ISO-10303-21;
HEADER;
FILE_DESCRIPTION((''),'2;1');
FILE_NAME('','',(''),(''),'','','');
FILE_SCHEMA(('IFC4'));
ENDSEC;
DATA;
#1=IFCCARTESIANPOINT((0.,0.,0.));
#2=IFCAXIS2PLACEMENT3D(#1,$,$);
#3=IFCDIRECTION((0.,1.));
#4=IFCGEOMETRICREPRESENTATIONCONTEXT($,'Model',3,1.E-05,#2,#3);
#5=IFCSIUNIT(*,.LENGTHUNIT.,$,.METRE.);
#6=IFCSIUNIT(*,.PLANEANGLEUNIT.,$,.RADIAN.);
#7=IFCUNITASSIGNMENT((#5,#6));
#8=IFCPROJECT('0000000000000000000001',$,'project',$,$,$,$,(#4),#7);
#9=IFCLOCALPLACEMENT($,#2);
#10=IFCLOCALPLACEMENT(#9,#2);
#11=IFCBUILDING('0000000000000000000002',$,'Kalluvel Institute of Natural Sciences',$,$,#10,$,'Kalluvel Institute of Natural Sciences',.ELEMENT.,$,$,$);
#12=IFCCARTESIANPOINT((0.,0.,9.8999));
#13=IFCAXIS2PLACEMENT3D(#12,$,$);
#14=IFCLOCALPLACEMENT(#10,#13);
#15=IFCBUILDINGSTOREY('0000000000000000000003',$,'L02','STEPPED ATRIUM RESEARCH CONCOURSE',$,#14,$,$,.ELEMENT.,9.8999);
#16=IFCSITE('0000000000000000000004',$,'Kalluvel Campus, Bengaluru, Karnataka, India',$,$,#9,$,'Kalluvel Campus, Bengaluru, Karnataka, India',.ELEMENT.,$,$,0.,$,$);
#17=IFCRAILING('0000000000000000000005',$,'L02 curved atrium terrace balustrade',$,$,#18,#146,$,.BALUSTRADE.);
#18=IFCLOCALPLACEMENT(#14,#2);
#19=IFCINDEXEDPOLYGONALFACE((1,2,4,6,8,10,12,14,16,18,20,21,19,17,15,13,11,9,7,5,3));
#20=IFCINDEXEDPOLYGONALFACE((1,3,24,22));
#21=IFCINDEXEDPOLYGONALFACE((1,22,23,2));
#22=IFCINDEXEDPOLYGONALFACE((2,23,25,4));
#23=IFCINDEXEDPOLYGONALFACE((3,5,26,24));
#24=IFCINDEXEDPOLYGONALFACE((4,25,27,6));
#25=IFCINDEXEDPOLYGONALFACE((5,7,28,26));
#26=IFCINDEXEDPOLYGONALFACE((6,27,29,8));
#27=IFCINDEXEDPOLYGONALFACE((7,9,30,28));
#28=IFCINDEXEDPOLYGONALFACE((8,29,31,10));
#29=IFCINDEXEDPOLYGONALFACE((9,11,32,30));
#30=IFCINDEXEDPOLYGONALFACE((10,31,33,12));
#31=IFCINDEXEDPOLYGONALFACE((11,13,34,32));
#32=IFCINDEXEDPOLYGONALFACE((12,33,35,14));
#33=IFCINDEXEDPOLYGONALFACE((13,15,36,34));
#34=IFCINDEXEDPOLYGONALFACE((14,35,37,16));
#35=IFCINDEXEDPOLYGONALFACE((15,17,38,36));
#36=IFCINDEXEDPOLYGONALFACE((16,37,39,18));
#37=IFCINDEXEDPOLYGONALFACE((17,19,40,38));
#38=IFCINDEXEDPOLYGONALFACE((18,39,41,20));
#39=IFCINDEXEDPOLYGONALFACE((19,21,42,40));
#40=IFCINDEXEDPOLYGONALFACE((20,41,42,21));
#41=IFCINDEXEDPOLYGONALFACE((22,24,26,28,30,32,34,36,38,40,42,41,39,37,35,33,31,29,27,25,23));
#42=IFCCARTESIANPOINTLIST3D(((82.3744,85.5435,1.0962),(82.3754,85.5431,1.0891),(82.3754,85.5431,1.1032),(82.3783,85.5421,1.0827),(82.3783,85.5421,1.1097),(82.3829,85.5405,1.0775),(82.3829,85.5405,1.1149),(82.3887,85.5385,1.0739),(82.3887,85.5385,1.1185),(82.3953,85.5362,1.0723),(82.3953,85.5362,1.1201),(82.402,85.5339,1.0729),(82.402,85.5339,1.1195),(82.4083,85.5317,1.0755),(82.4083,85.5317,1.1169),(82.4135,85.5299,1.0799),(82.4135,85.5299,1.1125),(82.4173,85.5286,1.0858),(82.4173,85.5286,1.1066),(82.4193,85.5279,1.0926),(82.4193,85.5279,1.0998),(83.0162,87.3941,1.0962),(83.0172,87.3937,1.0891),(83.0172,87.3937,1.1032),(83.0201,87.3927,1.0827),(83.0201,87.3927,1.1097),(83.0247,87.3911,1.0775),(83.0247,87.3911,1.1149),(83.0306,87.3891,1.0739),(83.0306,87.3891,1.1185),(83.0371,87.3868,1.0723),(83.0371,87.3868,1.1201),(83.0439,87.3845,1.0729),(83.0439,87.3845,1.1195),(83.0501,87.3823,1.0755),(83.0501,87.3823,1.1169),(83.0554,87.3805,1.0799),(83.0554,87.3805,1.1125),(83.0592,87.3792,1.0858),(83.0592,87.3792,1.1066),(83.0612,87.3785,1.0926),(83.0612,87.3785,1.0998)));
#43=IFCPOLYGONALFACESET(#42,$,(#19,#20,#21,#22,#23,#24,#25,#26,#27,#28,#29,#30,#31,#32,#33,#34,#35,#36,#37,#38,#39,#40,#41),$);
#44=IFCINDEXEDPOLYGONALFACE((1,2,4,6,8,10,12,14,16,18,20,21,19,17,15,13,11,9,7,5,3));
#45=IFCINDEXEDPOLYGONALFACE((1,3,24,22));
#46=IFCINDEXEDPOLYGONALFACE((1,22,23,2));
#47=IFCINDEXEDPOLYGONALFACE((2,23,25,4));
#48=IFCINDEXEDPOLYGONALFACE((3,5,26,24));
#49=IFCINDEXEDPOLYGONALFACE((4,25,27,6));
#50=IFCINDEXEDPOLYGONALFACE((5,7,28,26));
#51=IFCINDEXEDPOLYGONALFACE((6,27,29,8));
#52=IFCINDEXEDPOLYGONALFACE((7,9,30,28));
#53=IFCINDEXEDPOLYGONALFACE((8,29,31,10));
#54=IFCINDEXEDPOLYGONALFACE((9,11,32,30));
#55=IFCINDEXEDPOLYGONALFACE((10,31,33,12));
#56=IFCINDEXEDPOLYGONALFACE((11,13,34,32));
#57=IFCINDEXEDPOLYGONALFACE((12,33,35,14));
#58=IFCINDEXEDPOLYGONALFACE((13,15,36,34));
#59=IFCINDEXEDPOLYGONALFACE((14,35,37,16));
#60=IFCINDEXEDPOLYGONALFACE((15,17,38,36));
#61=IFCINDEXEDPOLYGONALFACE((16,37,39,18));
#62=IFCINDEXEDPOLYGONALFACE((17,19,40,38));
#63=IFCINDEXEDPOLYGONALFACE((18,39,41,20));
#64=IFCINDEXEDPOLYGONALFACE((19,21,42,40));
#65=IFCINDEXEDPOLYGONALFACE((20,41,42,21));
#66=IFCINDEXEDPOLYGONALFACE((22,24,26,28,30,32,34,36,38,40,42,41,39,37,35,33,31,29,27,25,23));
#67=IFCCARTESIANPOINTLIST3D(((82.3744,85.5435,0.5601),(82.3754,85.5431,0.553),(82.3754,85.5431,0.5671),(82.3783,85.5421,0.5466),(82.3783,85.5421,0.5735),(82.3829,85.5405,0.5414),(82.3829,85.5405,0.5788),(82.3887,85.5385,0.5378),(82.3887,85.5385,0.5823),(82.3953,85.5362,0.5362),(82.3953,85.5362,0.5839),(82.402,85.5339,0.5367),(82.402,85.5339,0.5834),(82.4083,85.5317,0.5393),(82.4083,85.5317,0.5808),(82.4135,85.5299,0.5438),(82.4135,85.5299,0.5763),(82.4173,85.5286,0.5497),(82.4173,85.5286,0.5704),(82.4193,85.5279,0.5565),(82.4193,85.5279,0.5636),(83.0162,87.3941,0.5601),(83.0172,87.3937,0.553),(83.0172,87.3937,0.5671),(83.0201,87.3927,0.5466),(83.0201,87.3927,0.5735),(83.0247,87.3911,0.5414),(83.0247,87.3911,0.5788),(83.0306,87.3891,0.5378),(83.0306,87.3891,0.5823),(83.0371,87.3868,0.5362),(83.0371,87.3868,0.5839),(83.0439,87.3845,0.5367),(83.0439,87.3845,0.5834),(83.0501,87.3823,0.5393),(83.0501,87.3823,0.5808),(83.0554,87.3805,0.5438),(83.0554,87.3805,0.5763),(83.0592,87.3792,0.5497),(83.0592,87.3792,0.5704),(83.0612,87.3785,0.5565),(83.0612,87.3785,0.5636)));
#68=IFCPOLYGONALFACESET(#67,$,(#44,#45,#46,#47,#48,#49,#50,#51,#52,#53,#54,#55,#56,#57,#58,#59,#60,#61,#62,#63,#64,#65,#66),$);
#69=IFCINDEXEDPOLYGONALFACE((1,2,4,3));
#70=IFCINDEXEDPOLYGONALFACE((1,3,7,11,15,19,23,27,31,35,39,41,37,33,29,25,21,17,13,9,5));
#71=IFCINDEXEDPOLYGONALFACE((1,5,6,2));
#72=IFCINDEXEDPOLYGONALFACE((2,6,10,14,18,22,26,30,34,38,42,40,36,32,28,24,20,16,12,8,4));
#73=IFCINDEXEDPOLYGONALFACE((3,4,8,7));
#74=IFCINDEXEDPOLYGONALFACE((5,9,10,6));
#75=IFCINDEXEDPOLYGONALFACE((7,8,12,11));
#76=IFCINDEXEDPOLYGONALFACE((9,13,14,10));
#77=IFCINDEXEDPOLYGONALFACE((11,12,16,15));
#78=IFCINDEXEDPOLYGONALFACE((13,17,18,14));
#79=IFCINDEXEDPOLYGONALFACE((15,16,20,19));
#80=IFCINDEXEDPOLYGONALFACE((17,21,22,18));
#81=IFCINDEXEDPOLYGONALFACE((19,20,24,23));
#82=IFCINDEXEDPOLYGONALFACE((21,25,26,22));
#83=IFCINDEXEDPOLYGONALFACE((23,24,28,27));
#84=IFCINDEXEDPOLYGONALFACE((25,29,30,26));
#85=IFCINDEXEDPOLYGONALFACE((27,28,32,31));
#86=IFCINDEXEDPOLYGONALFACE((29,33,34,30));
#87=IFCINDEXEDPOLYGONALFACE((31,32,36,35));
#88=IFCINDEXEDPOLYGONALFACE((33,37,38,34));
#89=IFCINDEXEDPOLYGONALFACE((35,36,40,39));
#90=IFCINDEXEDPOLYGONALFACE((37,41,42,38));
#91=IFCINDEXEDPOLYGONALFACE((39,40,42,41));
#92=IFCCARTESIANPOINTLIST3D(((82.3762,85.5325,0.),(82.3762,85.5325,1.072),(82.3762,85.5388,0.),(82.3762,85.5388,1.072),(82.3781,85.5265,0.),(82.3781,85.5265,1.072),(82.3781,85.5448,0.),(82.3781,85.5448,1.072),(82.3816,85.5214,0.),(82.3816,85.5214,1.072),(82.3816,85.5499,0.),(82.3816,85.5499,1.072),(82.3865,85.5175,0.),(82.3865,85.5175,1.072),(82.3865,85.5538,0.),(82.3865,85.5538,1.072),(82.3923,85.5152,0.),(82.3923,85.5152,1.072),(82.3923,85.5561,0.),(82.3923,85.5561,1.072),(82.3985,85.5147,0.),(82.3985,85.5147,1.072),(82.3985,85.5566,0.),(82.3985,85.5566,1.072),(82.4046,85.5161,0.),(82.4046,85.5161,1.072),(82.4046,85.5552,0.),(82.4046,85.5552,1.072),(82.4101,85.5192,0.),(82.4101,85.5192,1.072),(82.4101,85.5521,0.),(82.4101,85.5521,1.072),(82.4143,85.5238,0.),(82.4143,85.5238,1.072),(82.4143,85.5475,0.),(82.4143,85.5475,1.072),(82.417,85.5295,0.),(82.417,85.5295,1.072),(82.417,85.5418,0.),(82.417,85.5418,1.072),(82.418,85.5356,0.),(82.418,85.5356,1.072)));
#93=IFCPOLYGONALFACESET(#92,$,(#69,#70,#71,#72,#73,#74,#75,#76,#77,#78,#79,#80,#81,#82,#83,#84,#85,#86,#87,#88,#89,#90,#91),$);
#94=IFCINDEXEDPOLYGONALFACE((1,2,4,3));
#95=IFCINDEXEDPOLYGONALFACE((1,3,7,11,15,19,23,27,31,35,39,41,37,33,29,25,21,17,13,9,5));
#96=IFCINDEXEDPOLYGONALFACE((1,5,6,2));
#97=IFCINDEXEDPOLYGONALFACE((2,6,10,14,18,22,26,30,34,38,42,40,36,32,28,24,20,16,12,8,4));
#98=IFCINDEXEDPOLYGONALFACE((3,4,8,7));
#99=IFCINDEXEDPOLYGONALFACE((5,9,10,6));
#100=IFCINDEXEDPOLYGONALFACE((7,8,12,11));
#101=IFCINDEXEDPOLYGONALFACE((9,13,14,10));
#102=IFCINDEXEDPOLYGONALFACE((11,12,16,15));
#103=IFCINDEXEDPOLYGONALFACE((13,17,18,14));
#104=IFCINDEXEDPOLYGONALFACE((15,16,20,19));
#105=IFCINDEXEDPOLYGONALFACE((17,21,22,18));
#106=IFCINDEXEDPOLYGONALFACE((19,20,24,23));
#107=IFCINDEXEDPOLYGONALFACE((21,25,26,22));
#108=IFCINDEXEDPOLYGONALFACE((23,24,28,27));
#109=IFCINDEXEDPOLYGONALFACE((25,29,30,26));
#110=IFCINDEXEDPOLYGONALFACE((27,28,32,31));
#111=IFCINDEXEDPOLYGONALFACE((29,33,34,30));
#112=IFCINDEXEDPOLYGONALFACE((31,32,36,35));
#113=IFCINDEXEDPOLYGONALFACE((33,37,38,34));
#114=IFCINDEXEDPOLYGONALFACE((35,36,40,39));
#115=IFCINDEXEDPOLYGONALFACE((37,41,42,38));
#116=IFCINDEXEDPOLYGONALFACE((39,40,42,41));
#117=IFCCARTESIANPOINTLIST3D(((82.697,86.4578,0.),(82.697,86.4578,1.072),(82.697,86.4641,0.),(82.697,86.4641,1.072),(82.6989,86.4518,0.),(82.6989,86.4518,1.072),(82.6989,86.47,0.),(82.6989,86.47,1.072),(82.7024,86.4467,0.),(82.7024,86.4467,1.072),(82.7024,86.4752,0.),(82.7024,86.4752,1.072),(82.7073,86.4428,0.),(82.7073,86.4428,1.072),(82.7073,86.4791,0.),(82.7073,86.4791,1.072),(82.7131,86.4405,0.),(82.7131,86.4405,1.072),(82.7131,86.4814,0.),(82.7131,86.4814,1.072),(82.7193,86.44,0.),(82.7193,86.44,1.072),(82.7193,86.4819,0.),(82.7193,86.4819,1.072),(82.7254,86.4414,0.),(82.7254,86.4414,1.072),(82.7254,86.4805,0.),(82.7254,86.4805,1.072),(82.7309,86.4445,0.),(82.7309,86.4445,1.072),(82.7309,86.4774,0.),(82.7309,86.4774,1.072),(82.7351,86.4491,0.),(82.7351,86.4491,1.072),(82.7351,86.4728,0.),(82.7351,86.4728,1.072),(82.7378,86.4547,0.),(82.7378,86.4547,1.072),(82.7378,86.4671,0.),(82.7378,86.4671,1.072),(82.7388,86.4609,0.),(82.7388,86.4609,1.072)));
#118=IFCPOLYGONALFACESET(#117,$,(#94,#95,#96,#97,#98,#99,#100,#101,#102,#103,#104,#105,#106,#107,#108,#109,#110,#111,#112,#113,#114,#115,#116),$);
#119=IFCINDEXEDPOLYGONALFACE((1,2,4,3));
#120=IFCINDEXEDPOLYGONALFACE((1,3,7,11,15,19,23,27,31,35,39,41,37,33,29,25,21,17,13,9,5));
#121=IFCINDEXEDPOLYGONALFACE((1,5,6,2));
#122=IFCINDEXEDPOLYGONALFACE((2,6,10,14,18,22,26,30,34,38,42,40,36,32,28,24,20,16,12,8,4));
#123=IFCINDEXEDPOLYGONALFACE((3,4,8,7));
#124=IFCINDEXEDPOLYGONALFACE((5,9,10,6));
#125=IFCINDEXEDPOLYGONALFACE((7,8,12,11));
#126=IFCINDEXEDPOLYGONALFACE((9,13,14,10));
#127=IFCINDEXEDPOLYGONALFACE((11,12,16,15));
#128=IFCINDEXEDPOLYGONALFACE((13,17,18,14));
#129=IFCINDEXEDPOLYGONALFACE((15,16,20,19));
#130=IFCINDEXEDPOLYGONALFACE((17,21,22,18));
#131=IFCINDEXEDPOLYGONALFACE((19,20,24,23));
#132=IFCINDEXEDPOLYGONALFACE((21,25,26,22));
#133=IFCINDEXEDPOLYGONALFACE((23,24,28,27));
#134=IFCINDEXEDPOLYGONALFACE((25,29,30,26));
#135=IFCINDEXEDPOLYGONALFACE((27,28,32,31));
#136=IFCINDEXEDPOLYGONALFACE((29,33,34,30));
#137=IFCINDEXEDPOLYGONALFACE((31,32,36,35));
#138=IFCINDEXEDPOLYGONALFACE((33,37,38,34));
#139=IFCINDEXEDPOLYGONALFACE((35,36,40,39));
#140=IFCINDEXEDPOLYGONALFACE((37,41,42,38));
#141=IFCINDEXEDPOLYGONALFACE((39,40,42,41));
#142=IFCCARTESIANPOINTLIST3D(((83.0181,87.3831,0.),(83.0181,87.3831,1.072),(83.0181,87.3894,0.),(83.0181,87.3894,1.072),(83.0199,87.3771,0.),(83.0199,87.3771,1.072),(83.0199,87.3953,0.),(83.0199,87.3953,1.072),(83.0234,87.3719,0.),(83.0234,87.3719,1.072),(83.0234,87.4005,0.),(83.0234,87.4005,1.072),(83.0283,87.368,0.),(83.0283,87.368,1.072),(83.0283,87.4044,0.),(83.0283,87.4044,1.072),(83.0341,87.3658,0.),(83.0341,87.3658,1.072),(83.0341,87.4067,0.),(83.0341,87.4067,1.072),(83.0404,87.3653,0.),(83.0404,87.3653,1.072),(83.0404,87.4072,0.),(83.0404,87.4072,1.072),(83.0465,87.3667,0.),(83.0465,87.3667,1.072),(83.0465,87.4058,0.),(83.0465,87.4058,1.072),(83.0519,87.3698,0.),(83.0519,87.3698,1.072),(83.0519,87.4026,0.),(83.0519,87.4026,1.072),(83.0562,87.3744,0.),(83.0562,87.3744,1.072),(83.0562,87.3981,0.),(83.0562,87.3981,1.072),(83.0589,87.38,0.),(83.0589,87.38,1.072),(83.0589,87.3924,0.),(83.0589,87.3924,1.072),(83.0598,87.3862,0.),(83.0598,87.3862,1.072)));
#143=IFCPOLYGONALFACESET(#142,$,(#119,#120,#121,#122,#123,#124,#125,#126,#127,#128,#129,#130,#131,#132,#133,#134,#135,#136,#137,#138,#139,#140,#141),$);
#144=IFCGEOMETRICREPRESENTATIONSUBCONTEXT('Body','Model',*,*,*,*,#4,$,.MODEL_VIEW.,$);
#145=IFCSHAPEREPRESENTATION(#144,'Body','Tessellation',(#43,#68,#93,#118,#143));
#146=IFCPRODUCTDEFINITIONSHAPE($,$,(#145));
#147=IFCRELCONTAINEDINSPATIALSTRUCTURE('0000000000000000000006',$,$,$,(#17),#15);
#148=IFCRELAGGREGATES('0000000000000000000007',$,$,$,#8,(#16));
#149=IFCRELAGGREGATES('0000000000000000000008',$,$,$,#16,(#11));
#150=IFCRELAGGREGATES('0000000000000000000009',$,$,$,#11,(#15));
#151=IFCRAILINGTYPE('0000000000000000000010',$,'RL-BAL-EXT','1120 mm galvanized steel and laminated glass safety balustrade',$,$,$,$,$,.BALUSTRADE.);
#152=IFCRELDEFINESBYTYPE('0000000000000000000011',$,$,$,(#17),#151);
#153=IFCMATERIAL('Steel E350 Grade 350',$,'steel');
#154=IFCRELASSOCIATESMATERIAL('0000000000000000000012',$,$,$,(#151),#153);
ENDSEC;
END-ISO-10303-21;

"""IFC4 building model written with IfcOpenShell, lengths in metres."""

from ifc_helpers import new_model, si_unit, direction, frame, origin, origin_2d, place, context, subcontext, project, spatial, circle, extrude, material, type_object, element, save


model = new_model("IFC4")

# Units and contexts
model_context = context("Model", 3, precision=1e-05, world=origin(), true_north=direction((0.0, 1.0)))
body_context = subcontext(model_context, "Body", "Model", "MODEL_VIEW")
ifc_project = project(units=[si_unit("LENGTHUNIT", "METRE"), si_unit("PLANEANGLEUNIT", "RADIAN")], contexts=[model_context])

# Site, building, storey
site_placement = place(None, origin())
site = spatial("IfcSite", under=ifc_project, at=site_placement, Name="Kalluvel Campus, Bengaluru, Karnataka, India", LongName="Kalluvel Campus, Bengaluru, Karnataka, India", CompositionType="ELEMENT", RefElevation=0.0)
building_placement = place(site_placement, origin())
building = spatial("IfcBuilding", under=site, at=building_placement, Name="Kalluvel Institute of Natural Sciences", LongName="Kalluvel Institute of Natural Sciences", CompositionType="ELEMENT")
storey_placement = place(building_placement, frame((0.0, 0.0, 9.8999)))
storey = spatial("IfcBuildingStorey", under=building, at=storey_placement, Name="L02", Description="STEPPED ATRIUM RESEARCH CONCOURSE", CompositionType="ELEMENT", Elevation=9.8999)

# Railing
ifc_material_1 = material(Name="Steel E350 Grade 350", Category="steel")
railing_type = type_object("IfcRailingType", Name="RL-BAL-EXT", Description="1120 mm galvanized steel and laminated glass safety balustrade", PredefinedType="BALUSTRADE", material=ifc_material_1)
railing_1_placement = place(storey_placement, frame((82.397, 85.5356, 0.0)))
element("IfcRailing", 1, at=railing_1_placement, inside=storey, type_object=railing_type, Name="L02 curved atrium terrace balustrade", PredefinedType="BALUSTRADE", context=body_context, shape_type="SweptSolid", body=[
    extrude(circle(Radius=0.0239, at=origin_2d()), frame((0.0, 0.0, 1.0962), z_axis=(0.327684, 0.944787, 0.0), x_axis=(-0.944787, 0.327684, 0.0)), (0.0, 0.0, 1.0), 1.9587),
    extrude(circle(Radius=0.0239, at=origin_2d()), frame((0.0, 0.0, 0.5601), z_axis=(0.327684, 0.944787, 0.0), x_axis=(-0.944787, 0.327684, 0.0)), (0.0, 0.0, 1.0), 1.9587),
    extrude(circle(Radius=0.021, at=origin_2d()), origin(), (0.0, 0.0, 1.0), 1.072),
    extrude(circle(Radius=0.021, at=origin_2d()), frame((0.3208, 0.9253, 0.0)), (0.0, 0.0, 1.0), 1.072),
    extrude(circle(Radius=0.021, at=origin_2d()), frame((0.6418, 1.8506, 0.0)), (0.0, 0.0, 1.0), 1.072),
])

save(model, "model.ifc")
